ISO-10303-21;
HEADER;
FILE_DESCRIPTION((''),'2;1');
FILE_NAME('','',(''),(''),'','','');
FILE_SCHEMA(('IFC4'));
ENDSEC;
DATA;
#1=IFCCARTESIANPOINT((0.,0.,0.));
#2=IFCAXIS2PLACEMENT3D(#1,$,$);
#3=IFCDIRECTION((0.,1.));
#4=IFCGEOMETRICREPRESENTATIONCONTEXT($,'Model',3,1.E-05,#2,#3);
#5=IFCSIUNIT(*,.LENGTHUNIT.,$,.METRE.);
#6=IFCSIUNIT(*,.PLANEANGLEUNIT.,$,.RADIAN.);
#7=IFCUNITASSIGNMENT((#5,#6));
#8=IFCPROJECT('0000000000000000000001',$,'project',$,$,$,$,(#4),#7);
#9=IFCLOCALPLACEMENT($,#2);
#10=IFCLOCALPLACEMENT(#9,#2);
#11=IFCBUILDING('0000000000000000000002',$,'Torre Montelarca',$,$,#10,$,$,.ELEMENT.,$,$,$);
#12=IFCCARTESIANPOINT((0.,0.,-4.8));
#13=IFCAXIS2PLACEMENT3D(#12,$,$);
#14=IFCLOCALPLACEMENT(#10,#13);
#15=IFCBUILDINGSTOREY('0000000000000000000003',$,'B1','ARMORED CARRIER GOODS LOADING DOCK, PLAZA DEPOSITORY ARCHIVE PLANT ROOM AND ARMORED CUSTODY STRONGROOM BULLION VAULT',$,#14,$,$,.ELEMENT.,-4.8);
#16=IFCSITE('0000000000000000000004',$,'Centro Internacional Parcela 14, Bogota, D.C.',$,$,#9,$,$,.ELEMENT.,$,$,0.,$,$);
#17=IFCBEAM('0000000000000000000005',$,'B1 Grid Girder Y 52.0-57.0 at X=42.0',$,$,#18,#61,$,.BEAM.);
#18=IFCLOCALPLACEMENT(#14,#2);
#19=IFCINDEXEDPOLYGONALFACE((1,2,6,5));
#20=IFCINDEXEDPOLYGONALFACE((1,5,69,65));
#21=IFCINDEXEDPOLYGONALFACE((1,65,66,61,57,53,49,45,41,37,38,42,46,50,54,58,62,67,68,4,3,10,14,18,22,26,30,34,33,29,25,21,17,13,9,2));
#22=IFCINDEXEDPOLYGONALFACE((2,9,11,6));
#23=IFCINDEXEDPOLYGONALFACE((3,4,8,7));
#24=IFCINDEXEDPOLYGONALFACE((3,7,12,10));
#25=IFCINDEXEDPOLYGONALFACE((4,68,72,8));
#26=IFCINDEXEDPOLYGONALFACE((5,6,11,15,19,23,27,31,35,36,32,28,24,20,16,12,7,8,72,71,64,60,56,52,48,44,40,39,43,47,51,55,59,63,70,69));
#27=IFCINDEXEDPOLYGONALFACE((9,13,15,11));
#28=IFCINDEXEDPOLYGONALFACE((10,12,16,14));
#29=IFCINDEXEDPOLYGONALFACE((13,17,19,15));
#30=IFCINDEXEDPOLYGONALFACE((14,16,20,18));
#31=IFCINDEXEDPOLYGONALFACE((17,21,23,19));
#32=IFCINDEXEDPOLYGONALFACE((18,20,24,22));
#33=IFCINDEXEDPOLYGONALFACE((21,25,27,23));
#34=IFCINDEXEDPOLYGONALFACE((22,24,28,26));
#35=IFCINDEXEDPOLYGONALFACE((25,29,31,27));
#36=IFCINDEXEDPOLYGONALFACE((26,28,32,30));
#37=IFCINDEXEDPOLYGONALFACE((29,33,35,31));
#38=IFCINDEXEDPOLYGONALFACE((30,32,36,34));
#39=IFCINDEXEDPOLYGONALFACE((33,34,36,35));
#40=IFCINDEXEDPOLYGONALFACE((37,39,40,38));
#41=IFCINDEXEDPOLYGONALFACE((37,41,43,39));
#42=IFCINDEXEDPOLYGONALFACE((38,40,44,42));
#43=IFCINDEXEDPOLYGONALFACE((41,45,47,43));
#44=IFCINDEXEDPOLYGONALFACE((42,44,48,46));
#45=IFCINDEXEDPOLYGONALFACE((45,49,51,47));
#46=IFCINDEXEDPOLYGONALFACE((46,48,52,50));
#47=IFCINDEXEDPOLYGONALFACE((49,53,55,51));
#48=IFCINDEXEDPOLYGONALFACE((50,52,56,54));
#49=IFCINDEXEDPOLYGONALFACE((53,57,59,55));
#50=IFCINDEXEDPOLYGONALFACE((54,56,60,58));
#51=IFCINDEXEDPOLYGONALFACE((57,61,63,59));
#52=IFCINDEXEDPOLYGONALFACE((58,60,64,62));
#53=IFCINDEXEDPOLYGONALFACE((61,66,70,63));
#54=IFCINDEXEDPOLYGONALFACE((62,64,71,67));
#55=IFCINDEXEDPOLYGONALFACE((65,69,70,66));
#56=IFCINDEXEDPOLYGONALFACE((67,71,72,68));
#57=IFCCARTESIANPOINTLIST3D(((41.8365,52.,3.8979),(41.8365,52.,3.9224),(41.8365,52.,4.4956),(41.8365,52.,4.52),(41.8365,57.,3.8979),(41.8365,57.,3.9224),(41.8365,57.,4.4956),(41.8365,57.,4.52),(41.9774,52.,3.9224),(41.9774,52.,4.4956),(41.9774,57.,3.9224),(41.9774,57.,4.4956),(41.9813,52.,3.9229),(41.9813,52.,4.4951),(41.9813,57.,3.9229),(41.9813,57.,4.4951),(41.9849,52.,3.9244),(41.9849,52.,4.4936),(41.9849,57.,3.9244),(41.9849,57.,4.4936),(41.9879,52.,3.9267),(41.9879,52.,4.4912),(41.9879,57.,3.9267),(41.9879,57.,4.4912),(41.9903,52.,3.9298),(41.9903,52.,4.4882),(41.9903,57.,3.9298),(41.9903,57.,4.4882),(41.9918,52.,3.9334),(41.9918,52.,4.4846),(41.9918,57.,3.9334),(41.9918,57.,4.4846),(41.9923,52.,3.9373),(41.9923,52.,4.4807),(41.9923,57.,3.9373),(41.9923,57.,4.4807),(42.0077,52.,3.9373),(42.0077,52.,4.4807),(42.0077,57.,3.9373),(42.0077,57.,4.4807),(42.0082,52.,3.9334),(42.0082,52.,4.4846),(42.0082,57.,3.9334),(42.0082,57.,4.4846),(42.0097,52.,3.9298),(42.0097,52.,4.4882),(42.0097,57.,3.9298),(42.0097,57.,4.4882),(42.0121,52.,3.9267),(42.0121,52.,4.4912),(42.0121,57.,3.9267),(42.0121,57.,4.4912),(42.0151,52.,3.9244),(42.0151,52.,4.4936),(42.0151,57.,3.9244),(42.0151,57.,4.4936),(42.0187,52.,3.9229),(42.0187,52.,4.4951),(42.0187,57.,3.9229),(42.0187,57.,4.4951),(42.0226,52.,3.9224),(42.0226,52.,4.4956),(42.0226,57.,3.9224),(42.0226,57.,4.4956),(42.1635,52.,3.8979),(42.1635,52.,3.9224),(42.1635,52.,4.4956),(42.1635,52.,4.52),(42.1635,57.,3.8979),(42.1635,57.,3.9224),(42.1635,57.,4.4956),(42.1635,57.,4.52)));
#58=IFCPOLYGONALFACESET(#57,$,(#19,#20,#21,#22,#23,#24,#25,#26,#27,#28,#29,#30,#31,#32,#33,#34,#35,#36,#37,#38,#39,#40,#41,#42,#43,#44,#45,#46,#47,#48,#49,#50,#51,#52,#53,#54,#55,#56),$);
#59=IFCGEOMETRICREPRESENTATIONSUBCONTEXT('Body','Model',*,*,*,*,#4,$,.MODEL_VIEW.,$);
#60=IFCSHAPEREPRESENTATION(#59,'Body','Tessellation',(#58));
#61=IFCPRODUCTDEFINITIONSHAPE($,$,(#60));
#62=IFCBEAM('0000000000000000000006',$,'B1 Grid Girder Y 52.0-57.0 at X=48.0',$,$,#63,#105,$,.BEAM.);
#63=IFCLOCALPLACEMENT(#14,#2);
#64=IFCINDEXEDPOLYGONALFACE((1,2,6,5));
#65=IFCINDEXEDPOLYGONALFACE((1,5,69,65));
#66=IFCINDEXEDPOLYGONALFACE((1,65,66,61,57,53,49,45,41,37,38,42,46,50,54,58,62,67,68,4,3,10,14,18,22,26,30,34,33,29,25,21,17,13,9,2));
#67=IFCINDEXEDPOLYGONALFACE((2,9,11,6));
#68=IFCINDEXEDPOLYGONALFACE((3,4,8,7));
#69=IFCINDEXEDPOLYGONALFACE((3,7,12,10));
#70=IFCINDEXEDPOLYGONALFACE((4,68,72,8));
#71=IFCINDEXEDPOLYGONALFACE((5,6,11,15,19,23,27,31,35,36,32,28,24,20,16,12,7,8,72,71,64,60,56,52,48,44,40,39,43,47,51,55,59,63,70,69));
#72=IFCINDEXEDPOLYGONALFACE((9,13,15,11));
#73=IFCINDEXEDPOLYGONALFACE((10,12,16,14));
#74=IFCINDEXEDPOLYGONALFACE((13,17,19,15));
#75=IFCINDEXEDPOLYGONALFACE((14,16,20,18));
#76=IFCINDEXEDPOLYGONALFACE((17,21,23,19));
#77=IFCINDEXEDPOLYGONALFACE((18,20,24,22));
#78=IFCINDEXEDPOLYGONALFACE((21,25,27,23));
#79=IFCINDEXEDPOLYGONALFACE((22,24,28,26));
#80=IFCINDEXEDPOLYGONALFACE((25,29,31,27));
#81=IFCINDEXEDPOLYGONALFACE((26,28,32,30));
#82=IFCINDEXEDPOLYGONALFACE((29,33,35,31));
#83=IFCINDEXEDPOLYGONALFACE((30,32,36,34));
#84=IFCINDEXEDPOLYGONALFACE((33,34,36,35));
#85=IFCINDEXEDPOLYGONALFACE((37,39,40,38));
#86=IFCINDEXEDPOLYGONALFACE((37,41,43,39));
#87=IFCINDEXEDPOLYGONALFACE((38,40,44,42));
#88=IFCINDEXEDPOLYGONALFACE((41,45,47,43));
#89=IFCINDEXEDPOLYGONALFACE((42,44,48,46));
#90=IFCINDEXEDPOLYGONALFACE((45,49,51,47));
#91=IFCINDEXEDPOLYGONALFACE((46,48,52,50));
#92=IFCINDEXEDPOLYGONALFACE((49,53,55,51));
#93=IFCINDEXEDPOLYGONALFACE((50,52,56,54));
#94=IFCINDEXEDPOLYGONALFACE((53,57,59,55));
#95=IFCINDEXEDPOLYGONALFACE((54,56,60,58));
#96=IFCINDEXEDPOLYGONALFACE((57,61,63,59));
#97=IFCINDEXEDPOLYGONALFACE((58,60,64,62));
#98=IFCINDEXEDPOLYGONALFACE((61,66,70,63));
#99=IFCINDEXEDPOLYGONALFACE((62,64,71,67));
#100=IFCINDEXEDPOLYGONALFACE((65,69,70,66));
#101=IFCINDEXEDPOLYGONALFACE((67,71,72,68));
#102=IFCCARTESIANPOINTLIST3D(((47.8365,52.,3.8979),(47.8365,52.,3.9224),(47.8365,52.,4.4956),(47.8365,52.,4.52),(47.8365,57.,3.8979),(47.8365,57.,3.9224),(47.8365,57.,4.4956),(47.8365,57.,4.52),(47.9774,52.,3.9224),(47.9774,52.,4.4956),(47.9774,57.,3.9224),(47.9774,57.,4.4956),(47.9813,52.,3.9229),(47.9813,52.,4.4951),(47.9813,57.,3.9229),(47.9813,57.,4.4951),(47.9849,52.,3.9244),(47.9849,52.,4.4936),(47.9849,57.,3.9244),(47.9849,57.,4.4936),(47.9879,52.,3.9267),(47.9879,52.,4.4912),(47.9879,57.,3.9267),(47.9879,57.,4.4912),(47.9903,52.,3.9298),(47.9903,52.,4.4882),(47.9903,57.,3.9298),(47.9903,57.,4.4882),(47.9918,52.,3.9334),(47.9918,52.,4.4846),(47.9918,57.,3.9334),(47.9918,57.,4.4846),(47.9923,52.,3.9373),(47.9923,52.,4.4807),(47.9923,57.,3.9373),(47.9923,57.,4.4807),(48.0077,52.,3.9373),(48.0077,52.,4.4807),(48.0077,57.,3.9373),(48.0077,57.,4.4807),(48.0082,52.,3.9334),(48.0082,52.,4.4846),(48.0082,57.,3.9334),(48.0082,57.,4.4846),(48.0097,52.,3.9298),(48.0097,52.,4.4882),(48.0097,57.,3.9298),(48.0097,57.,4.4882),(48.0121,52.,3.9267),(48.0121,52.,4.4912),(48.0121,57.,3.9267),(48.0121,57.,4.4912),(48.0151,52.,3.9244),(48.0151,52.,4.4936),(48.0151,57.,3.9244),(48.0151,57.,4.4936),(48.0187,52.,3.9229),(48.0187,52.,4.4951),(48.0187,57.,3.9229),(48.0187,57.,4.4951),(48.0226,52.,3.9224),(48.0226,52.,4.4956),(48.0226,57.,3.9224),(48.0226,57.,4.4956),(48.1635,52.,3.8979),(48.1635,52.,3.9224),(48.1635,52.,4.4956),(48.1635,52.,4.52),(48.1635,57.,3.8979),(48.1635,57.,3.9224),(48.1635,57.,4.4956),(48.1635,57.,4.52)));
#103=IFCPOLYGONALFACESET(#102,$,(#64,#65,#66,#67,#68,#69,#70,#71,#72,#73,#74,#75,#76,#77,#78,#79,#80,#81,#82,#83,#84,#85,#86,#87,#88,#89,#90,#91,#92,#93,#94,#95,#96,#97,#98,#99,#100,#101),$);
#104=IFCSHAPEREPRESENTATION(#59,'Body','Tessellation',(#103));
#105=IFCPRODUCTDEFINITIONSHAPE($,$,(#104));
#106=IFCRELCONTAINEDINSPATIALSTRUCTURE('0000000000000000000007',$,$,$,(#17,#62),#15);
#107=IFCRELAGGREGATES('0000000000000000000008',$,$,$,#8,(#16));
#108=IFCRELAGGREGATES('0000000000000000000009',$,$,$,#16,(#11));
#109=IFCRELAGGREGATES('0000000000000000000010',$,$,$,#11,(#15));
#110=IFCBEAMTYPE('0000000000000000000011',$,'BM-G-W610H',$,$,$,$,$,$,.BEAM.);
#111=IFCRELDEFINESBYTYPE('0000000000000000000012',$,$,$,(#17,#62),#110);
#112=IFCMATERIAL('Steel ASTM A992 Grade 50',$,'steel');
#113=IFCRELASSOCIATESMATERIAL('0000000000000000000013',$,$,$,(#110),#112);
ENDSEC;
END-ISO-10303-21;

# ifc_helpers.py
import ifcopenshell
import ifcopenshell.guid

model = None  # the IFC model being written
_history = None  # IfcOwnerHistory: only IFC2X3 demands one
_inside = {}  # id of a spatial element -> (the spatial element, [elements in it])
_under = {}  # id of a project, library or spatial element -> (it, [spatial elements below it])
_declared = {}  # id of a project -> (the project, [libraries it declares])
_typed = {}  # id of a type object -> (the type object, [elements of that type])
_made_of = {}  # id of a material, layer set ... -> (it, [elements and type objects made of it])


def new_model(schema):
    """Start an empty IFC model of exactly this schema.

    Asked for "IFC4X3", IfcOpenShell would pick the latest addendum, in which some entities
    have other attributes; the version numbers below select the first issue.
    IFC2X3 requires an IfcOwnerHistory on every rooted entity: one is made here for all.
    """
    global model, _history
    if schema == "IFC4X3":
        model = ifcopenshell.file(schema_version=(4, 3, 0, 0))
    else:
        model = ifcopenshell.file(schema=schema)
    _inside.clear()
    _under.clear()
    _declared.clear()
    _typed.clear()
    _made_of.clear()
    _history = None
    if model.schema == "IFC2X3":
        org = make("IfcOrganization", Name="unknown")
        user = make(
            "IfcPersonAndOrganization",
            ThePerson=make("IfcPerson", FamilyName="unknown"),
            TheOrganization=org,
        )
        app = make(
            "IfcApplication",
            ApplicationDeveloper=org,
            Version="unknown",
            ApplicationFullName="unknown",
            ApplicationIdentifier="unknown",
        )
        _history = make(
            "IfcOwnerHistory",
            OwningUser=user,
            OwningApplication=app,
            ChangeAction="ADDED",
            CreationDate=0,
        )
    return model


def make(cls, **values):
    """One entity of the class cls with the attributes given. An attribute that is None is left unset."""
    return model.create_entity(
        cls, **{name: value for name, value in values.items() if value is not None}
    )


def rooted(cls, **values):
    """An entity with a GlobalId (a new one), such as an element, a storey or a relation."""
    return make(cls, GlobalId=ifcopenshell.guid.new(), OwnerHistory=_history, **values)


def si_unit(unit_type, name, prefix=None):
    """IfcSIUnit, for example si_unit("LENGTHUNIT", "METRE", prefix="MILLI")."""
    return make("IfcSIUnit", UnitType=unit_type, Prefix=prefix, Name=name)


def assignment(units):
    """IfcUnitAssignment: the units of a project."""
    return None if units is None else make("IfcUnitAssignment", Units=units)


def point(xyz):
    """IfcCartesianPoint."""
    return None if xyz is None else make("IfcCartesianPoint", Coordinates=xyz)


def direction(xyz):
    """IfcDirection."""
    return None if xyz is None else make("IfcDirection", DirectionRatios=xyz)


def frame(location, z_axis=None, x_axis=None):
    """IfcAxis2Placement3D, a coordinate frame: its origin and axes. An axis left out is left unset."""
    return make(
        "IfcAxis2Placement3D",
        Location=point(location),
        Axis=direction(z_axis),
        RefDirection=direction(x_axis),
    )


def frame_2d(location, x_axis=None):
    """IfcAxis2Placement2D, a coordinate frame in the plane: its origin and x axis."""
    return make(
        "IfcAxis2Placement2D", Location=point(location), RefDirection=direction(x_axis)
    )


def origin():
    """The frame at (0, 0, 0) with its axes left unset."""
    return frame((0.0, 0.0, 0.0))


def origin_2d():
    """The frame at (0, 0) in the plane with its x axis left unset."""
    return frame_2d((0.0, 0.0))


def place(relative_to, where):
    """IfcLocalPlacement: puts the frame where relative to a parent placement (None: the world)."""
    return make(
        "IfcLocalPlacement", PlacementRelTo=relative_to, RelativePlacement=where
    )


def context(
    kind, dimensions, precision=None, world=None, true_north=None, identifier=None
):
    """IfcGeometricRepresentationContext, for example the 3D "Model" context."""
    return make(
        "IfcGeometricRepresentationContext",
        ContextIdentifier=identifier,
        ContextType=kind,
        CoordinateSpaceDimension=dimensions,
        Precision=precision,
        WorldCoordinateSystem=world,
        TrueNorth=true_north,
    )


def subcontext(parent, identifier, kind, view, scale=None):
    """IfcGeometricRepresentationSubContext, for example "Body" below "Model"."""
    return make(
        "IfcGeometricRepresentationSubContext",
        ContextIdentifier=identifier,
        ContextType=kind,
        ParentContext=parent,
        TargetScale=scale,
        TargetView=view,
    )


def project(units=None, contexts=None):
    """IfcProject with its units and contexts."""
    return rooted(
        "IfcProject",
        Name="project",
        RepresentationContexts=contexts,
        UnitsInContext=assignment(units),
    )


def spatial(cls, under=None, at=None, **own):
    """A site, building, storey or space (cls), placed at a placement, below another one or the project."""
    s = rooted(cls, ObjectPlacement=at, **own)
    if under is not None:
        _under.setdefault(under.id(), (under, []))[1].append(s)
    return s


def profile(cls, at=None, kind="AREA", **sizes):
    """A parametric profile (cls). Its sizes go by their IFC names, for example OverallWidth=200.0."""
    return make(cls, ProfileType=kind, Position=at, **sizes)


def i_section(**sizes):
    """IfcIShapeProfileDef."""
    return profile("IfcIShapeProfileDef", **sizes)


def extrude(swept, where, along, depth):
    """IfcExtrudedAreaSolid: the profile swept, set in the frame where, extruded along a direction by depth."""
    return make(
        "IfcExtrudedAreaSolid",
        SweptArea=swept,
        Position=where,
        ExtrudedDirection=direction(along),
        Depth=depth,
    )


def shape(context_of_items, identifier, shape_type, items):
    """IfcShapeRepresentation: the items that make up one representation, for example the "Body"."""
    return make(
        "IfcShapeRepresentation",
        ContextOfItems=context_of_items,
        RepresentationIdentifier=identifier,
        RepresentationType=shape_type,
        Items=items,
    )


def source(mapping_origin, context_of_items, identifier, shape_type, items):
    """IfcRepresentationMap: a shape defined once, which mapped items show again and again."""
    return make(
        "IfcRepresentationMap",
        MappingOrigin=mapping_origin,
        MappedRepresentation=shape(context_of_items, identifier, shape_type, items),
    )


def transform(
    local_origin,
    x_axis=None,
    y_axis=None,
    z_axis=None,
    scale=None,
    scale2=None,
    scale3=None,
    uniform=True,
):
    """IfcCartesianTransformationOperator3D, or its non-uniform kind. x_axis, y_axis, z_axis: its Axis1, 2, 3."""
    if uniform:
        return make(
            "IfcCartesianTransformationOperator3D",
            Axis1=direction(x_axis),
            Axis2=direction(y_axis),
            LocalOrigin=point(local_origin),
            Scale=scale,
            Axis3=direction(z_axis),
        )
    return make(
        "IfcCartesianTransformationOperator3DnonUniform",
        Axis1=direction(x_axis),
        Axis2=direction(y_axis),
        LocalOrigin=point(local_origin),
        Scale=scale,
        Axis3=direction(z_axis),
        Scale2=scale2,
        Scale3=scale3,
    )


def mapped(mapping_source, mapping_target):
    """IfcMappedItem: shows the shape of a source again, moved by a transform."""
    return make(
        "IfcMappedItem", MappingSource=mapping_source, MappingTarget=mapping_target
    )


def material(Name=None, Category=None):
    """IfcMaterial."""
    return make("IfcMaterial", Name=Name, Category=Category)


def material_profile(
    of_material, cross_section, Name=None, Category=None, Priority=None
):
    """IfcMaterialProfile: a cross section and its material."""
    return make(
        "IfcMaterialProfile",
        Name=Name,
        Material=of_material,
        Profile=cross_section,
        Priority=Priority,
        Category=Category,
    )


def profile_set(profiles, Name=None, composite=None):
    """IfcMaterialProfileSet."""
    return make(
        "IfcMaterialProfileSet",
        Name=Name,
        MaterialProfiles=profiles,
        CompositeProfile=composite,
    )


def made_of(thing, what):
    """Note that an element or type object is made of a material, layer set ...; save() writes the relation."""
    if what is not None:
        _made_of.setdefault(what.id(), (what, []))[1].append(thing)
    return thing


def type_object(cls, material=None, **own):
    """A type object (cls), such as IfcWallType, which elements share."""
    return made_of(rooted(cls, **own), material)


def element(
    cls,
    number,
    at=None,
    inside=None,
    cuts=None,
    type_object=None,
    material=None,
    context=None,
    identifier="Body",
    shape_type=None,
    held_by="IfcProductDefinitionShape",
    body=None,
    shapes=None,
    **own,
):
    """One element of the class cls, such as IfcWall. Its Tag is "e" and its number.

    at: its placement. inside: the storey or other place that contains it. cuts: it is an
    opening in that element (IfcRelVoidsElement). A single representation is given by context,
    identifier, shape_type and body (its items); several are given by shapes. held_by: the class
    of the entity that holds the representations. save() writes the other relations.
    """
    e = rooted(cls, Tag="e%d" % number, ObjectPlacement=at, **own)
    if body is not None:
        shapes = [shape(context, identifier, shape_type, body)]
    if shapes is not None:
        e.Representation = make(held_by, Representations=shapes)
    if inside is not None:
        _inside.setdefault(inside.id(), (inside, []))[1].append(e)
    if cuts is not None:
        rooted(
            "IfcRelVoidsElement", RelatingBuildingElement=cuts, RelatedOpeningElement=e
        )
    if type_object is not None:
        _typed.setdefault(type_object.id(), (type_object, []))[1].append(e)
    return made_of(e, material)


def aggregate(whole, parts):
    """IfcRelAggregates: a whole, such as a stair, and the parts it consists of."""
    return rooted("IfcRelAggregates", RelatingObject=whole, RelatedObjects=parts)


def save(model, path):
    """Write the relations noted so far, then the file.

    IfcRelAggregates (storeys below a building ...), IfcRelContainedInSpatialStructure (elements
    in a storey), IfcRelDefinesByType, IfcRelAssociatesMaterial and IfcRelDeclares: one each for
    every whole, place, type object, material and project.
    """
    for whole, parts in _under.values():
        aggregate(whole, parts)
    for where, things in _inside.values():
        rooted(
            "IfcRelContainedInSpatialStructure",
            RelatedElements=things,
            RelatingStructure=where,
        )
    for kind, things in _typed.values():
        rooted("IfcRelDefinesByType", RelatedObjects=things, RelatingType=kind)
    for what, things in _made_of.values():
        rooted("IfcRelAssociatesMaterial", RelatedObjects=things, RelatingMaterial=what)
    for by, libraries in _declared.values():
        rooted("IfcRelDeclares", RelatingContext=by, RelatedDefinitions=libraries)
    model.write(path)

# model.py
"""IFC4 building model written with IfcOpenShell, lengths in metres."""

from ifc_helpers import new_model, si_unit, direction, frame, origin, origin_2d, place, context, subcontext, project, spatial, i_section, extrude, source, transform, mapped, material, material_profile, profile_set, type_object, element, save


model = new_model("IFC4")

# Units and contexts
model_context = context("Model", 3, precision=1e-05, world=origin(), true_north=direction((0.0, 1.0)))
body_context = subcontext(model_context, "Body", "Model", "MODEL_VIEW")
ifc_project = project(units=[si_unit("LENGTHUNIT", "METRE"), si_unit("PLANEANGLEUNIT", "RADIAN")], contexts=[model_context])

# Site, building, storey
site_placement = place(None, origin())
site = spatial("IfcSite", under=ifc_project, at=site_placement, Name="Centro Internacional Parcela 14, Bogota, D.C.", CompositionType="ELEMENT", RefElevation=0.0)
building_placement = place(site_placement, origin())
building = spatial("IfcBuilding", under=site, at=building_placement, Name="Torre Montelarca", CompositionType="ELEMENT")
storey_placement = place(building_placement, frame((0.0, 0.0, -4.8)))
storey = spatial("IfcBuildingStorey", under=building, at=storey_placement, Name="B1", Description="ARMORED CARRIER GOODS LOADING DOCK, PLAZA DEPOSITORY ARCHIVE PLANT ROOM AND ARMORED CUSTODY STRONGROOM BULLION VAULT", CompositionType="ELEMENT", Elevation=-4.8)

# Beams
ifc_material_1 = material(Name="Steel ASTM A992 Grade 50", Category="steel")
ifc_material_profile_1 = material_profile(ifc_material_1, i_section(OverallWidth=0.3269, OverallDepth=0.6221, WebThickness=0.0154, FlangeThickness=0.0244, FilletRadius=0.0149, at=origin_2d()), Name="W610X195", Category="steel")
ifc_profile_set_1 = profile_set([ifc_material_profile_1], Name="Steel ASTM A992 Grade 50")
beam_type_1 = type_object("IfcBeamType", Name="BM-G-W610H", PredefinedType="BEAM", material=ifc_profile_set_1)
shared_shape_1 = source(origin(), body_context, "Body", "SweptSolid", [
    extrude(i_section(OverallWidth=0.3269, OverallDepth=0.6221, WebThickness=0.0154, FlangeThickness=0.0244, FilletRadius=0.0149, at=origin_2d()), origin(), (0.0, 0.0, 1.0), 5.0),
])
for number, where, z_axis, x_axis, name in (
    (1, (42.0, 52.0, 4.209), (0.0, 1.0, 0.0), (-1.0, 0.0, 0.0), "B1 Grid Girder Y 52.0-57.0 at X=42.0"),
    (2, (48.0, 52.0, 4.209), (0.0, 1.0, 0.0), (-1.0, 0.0, 0.0), "B1 Grid Girder Y 52.0-57.0 at X=48.0"),
):
    element("IfcBeam", number, at=place(storey_placement, frame(where, z_axis=z_axis, x_axis=x_axis)), inside=storey, type_object=beam_type_1, Name=name, PredefinedType="BEAM", context=body_context, shape_type="MappedRepresentation", body=[
        mapped(shared_shape_1, transform((0.0, 0.0, 0.0), scale=1.0)),
    ])

save(model, "model.ifc")
